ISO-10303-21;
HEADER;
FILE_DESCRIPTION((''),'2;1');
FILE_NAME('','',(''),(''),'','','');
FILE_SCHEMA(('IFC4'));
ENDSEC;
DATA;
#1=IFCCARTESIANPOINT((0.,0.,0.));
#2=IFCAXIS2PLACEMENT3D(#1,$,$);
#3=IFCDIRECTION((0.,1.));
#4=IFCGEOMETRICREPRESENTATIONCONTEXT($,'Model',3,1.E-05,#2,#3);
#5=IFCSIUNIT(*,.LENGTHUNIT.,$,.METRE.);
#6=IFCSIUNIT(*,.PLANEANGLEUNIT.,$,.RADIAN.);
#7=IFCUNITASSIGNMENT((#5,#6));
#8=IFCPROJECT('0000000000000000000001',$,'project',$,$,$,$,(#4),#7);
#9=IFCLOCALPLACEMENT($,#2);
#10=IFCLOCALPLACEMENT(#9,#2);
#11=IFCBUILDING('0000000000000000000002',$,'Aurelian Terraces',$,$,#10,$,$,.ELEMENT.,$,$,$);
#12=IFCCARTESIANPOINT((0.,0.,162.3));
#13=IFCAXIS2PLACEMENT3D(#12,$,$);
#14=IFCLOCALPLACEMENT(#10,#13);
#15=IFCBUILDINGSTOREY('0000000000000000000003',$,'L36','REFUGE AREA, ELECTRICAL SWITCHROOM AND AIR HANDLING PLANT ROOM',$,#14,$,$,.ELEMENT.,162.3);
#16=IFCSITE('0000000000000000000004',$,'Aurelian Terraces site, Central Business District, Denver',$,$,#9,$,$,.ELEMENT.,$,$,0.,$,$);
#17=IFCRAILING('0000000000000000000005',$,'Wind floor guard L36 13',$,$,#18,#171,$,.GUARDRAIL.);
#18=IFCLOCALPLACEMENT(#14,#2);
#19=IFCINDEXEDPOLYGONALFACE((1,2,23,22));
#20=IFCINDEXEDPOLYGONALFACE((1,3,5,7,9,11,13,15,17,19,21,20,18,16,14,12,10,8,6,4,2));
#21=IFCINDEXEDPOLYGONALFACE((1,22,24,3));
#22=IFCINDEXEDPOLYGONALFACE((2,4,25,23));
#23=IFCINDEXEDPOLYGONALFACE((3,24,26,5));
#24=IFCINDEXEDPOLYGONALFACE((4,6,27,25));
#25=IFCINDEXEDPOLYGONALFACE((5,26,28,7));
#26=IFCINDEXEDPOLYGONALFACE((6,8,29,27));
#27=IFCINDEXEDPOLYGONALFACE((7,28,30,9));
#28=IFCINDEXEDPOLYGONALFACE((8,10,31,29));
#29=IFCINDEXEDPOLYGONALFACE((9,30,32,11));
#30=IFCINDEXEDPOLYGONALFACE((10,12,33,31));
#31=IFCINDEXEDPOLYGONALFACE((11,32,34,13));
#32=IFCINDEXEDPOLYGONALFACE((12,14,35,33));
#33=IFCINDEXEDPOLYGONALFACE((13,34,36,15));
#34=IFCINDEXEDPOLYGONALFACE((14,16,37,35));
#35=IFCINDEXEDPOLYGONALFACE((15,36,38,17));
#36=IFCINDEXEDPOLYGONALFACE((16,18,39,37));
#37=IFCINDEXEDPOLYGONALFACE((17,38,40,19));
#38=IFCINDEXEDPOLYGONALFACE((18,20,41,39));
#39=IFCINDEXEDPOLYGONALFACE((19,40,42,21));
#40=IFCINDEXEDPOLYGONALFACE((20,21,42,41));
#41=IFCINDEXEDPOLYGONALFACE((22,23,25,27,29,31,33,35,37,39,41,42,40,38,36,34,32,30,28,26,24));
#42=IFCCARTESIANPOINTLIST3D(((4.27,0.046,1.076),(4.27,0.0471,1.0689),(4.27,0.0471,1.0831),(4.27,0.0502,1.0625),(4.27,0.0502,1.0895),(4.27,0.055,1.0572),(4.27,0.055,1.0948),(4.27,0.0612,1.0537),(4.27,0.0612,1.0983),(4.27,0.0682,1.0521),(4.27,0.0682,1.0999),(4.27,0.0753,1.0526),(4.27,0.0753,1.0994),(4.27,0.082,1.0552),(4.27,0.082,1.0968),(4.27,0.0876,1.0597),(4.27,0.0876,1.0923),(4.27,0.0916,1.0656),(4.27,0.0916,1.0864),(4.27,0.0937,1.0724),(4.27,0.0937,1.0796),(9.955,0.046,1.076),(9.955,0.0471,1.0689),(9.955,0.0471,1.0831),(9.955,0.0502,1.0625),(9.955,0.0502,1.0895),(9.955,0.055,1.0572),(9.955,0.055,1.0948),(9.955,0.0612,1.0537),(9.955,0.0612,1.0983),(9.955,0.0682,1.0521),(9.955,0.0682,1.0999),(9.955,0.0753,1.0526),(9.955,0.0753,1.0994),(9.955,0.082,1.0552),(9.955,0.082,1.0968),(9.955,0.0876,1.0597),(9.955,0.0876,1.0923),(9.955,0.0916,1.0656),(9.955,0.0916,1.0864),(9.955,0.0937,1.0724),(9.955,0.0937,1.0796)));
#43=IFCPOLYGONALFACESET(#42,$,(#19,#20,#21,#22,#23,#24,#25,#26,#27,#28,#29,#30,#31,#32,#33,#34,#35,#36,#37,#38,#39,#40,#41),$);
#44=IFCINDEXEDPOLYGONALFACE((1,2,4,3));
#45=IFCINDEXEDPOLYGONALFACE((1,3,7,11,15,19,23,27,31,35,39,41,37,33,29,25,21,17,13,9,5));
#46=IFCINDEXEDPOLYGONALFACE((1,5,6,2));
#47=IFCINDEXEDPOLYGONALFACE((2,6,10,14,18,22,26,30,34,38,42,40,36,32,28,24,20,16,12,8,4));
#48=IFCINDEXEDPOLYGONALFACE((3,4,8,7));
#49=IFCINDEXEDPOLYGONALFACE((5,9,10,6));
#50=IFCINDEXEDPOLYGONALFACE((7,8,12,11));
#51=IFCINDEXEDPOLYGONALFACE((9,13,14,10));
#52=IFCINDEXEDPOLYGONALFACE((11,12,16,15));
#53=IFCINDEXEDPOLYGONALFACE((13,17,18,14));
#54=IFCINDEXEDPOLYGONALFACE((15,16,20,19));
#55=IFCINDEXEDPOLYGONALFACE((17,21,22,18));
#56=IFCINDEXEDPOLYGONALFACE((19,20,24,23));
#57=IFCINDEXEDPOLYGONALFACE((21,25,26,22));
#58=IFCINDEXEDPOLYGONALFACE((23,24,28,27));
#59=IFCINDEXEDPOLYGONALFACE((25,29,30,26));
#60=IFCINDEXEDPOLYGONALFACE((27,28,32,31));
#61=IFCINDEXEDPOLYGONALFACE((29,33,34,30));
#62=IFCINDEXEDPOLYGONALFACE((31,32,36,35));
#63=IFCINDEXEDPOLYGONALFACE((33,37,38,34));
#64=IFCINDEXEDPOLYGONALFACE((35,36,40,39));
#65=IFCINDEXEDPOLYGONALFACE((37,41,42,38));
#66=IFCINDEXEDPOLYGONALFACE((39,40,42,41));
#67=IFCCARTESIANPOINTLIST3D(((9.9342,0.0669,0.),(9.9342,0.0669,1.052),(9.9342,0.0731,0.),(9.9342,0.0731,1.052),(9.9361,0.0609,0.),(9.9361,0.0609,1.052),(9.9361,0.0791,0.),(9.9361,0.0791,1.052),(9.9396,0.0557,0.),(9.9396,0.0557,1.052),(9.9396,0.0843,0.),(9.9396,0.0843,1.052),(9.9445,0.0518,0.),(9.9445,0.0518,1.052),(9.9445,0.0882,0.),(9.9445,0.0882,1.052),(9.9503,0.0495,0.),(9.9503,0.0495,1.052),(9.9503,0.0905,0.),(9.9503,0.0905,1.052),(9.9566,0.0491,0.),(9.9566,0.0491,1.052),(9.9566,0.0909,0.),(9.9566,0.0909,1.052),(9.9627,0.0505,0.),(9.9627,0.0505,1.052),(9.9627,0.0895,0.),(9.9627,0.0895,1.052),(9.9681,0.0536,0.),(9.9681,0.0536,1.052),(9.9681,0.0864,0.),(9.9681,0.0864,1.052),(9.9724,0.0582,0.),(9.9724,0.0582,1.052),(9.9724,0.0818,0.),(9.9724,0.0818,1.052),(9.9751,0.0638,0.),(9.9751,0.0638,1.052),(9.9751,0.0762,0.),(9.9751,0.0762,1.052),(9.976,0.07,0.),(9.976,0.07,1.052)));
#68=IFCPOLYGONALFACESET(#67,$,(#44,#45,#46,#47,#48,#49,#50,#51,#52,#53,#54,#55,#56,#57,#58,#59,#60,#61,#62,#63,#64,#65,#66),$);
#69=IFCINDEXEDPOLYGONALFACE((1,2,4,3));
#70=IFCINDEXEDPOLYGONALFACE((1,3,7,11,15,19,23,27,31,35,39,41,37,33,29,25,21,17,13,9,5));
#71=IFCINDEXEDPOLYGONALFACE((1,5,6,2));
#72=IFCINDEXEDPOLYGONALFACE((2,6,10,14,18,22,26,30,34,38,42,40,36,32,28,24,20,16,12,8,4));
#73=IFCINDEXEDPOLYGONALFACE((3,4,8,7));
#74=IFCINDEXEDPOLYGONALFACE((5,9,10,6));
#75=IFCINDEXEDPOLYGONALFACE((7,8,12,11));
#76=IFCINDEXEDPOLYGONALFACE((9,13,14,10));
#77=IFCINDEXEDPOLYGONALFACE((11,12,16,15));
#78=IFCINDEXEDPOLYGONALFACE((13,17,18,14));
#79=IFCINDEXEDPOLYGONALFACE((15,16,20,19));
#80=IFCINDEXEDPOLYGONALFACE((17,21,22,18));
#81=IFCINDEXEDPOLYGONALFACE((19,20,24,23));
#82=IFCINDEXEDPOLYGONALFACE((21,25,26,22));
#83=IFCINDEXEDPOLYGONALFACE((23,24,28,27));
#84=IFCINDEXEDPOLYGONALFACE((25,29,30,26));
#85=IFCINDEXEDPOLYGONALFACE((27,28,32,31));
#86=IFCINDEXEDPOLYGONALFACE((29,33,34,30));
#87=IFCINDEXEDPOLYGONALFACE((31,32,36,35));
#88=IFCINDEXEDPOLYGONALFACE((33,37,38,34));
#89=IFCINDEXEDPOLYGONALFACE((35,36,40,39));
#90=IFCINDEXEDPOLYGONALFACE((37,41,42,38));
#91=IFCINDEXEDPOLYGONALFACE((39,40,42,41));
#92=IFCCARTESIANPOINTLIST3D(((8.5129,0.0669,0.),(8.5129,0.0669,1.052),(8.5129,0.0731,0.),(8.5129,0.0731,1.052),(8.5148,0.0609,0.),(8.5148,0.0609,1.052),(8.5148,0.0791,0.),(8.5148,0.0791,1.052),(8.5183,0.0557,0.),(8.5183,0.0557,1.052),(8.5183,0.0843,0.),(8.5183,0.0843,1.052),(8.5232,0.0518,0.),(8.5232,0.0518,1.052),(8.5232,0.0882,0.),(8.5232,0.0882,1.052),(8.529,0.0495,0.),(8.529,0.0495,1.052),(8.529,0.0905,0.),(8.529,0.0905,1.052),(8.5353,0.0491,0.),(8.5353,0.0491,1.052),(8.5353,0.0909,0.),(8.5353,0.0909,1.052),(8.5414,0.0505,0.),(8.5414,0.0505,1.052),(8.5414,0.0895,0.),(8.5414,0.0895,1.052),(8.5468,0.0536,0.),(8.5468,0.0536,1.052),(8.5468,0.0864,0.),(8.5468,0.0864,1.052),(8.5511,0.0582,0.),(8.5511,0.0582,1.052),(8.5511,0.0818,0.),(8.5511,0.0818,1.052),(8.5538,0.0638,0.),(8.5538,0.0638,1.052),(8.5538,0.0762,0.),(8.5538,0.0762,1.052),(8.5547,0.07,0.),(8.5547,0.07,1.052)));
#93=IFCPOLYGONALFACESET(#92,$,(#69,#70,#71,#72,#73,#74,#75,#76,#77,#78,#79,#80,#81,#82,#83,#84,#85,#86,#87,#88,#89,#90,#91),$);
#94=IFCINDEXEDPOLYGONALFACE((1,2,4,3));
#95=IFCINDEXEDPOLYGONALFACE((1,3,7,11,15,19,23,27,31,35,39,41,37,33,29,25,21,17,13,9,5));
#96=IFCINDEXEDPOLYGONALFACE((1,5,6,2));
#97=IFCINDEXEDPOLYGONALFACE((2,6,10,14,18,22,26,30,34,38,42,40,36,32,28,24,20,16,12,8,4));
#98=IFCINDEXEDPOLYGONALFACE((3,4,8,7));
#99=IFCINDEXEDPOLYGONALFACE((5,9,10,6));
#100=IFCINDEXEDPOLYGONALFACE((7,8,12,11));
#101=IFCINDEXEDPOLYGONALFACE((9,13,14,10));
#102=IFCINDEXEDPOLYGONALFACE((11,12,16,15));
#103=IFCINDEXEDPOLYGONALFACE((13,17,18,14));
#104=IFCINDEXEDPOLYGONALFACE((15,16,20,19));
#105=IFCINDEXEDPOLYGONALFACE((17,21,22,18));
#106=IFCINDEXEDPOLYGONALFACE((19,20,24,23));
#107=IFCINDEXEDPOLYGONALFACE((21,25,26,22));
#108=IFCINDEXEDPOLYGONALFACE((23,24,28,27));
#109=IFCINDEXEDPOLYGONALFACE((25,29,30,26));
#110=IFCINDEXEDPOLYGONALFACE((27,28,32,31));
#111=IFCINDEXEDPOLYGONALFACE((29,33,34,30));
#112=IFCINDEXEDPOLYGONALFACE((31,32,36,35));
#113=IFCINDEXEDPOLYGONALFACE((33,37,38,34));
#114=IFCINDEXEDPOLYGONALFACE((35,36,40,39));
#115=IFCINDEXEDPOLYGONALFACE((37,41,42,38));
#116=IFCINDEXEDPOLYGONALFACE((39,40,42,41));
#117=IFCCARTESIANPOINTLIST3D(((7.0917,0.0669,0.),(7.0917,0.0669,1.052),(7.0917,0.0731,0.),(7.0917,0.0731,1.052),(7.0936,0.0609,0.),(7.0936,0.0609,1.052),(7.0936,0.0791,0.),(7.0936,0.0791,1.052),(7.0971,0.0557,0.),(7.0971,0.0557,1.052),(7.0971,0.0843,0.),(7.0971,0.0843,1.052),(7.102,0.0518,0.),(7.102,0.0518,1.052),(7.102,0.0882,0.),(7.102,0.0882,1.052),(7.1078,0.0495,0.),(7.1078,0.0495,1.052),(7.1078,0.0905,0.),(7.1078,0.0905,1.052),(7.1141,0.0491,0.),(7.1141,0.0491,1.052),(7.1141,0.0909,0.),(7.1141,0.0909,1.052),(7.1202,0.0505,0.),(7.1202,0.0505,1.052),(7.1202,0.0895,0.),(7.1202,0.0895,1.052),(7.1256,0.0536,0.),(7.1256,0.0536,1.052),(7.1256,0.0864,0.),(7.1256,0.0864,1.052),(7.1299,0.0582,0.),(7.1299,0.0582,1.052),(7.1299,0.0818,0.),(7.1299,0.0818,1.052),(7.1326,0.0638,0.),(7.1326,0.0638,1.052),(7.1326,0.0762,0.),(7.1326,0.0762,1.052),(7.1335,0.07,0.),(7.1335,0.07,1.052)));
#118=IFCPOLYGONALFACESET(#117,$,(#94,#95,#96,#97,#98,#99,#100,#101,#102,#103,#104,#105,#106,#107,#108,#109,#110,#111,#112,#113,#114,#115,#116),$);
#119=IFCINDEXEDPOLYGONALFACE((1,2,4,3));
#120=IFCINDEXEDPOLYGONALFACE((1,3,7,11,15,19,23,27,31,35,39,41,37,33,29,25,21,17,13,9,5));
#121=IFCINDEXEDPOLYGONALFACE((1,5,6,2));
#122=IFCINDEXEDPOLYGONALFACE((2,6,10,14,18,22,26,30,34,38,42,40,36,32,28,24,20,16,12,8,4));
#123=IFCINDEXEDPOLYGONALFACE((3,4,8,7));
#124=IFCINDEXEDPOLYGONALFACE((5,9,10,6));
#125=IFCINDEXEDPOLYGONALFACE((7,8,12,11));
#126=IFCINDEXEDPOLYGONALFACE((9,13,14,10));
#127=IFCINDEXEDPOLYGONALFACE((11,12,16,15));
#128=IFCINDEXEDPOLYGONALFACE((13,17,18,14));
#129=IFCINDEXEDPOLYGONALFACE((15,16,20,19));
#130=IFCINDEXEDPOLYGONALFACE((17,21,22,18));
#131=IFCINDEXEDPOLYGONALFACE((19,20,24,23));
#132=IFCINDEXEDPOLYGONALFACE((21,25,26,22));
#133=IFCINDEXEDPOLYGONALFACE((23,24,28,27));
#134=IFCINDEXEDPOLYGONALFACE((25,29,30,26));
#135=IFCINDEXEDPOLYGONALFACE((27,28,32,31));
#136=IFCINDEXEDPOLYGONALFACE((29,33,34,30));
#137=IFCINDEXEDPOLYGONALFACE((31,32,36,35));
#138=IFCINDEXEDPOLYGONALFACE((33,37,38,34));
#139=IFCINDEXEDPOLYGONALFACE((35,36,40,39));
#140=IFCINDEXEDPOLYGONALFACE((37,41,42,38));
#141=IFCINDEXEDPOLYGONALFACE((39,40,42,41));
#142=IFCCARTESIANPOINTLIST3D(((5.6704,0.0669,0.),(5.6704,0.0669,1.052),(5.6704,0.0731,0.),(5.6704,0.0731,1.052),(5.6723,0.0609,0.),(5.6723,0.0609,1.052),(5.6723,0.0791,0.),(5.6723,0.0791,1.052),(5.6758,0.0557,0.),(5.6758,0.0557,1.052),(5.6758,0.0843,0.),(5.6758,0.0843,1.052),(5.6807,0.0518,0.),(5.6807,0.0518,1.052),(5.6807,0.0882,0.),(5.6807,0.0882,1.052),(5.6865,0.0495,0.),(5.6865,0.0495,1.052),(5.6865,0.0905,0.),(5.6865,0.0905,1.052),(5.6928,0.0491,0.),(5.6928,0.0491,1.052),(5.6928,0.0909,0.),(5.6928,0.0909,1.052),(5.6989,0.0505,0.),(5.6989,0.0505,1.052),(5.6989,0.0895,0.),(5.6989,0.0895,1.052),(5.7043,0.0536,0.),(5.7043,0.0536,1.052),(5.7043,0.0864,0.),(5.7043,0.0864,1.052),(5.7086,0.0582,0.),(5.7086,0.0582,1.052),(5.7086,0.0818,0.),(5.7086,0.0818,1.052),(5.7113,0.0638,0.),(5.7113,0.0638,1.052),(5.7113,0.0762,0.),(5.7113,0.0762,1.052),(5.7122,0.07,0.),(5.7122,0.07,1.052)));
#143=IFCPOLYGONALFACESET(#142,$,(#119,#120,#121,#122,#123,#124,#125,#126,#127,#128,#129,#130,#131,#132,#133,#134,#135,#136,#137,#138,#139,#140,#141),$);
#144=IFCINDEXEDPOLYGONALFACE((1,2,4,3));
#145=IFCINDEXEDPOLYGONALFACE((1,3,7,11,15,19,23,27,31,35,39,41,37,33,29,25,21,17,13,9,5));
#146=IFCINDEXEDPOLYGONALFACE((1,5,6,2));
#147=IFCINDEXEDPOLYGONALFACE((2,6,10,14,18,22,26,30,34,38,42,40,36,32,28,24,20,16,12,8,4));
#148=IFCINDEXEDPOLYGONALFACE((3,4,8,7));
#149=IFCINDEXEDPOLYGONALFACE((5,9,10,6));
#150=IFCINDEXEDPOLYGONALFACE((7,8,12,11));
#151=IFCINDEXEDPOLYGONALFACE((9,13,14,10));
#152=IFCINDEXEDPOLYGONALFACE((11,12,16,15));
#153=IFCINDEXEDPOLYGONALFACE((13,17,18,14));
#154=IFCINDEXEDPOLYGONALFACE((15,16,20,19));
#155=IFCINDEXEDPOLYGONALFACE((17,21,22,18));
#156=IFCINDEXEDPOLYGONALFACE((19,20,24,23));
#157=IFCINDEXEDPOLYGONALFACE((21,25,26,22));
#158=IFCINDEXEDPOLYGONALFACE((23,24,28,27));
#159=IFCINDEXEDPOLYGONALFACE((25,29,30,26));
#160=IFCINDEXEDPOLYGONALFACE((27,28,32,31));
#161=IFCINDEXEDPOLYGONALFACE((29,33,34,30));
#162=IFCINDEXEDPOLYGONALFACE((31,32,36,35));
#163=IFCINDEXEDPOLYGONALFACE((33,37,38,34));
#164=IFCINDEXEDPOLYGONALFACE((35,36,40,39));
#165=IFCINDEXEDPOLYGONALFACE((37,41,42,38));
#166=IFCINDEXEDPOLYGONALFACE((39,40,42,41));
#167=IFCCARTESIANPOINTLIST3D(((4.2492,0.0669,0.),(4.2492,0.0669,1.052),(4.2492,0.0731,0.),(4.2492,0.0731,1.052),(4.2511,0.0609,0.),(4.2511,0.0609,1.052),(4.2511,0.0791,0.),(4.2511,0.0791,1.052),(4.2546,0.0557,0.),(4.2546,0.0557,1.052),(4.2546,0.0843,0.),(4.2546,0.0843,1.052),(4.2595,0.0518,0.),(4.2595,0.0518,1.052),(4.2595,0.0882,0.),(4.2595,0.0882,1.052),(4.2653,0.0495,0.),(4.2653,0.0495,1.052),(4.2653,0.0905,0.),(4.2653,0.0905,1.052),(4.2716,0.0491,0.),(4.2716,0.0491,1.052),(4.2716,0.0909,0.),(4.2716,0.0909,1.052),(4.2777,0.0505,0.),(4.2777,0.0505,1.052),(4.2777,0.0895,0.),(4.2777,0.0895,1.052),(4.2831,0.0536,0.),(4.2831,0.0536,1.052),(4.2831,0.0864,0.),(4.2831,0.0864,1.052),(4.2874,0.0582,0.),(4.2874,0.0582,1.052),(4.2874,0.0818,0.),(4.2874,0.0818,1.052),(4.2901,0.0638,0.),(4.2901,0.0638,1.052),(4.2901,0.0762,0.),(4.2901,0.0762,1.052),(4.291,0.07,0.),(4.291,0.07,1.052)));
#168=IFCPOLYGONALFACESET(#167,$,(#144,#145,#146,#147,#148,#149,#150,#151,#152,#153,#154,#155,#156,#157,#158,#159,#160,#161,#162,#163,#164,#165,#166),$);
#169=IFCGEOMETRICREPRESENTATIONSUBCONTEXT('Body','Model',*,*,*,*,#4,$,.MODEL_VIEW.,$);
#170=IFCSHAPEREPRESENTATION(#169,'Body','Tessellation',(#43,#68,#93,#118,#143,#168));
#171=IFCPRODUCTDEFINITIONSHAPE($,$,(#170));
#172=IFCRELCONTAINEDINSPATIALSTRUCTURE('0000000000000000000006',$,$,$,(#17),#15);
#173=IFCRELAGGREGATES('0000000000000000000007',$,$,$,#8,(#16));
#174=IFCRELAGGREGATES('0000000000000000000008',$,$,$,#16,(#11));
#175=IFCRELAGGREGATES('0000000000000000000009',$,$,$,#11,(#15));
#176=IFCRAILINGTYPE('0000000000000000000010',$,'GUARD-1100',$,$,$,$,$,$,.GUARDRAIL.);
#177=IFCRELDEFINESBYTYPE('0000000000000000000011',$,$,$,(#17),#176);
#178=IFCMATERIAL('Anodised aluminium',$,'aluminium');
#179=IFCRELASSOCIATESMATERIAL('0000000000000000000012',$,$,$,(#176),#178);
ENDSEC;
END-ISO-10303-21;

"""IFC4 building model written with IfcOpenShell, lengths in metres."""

from ifc_helpers import new_model, si_unit, direction, frame, origin, origin_2d, place, context, subcontext, project, spatial, circle, extrude, material, type_object, element, save


model = new_model("IFC4")

# Units and contexts
model_context = context("Model", 3, precision=1e-05, world=origin(), true_north=direction((0.0, 1.0)))
body_context = subcontext(model_context, "Body", "Model", "MODEL_VIEW")
ifc_project = project(units=[si_unit("LENGTHUNIT", "METRE"), si_unit("PLANEANGLEUNIT", "RADIAN")], contexts=[model_context])

# Site, building, storey
site_placement = place(None, origin())
site = spatial("IfcSite", under=ifc_project, at=site_placement, Name="Aurelian Terraces site, Central Business District, Denver", CompositionType="ELEMENT", RefElevation=0.0)
building_placement = place(site_placement, origin())
building = spatial("IfcBuilding", under=site, at=building_placement, Name="Aurelian Terraces", CompositionType="ELEMENT")
storey_placement = place(building_placement, frame((0.0, 0.0, 162.3)))
storey = spatial("IfcBuildingStorey", under=building, at=storey_placement, Name="L36", Description="REFUGE AREA, ELECTRICAL SWITCHROOM AND AIR HANDLING PLANT ROOM", CompositionType="ELEMENT", Elevation=162.3)

# Railing
ifc_material_1 = material(Name="Anodised aluminium", Category="aluminium")
railing_type = type_object("IfcRailingType", Name="GUARD-1100", PredefinedType="GUARDRAIL", material=ifc_material_1)
railing_1_placement = place(storey_placement, frame((9.955, 0.07, 0.0)))
element("IfcRailing", 1, at=railing_1_placement, inside=storey, type_object=railing_type, Name="Wind floor guard L36 13", PredefinedType="GUARDRAIL", context=body_context, shape_type="SweptSolid", body=[
    extrude(circle(Radius=0.024, at=origin_2d()), frame((0.0, 0.0, 1.076), z_axis=(-1.0, 0.0, 0.0), x_axis=(0.0, -1.0, 0.0)), (0.0, 0.0, 1.0), 5.685),
    extrude(circle(Radius=0.021, at=origin_2d()), origin(), (0.0, 0.0, 1.0), 1.052),
    extrude(circle(Radius=0.021, at=origin_2d()), frame((-1.4213, 0.0, 0.0)), (0.0, 0.0, 1.0), 1.052),
    extrude(circle(Radius=0.021, at=origin_2d()), frame((-2.8425, 0.0, 0.0)), (0.0, 0.0, 1.0), 1.052),
    extrude(circle(Radius=0.021, at=origin_2d()), frame((-4.2638, 0.0, 0.0)), (0.0, 0.0, 1.0), 1.052),
    extrude(circle(Radius=0.021, at=origin_2d()), frame((-5.685, 0.0, 0.0)), (0.0, 0.0, 1.0), 1.052),
])

save(model, "model.ifc")
